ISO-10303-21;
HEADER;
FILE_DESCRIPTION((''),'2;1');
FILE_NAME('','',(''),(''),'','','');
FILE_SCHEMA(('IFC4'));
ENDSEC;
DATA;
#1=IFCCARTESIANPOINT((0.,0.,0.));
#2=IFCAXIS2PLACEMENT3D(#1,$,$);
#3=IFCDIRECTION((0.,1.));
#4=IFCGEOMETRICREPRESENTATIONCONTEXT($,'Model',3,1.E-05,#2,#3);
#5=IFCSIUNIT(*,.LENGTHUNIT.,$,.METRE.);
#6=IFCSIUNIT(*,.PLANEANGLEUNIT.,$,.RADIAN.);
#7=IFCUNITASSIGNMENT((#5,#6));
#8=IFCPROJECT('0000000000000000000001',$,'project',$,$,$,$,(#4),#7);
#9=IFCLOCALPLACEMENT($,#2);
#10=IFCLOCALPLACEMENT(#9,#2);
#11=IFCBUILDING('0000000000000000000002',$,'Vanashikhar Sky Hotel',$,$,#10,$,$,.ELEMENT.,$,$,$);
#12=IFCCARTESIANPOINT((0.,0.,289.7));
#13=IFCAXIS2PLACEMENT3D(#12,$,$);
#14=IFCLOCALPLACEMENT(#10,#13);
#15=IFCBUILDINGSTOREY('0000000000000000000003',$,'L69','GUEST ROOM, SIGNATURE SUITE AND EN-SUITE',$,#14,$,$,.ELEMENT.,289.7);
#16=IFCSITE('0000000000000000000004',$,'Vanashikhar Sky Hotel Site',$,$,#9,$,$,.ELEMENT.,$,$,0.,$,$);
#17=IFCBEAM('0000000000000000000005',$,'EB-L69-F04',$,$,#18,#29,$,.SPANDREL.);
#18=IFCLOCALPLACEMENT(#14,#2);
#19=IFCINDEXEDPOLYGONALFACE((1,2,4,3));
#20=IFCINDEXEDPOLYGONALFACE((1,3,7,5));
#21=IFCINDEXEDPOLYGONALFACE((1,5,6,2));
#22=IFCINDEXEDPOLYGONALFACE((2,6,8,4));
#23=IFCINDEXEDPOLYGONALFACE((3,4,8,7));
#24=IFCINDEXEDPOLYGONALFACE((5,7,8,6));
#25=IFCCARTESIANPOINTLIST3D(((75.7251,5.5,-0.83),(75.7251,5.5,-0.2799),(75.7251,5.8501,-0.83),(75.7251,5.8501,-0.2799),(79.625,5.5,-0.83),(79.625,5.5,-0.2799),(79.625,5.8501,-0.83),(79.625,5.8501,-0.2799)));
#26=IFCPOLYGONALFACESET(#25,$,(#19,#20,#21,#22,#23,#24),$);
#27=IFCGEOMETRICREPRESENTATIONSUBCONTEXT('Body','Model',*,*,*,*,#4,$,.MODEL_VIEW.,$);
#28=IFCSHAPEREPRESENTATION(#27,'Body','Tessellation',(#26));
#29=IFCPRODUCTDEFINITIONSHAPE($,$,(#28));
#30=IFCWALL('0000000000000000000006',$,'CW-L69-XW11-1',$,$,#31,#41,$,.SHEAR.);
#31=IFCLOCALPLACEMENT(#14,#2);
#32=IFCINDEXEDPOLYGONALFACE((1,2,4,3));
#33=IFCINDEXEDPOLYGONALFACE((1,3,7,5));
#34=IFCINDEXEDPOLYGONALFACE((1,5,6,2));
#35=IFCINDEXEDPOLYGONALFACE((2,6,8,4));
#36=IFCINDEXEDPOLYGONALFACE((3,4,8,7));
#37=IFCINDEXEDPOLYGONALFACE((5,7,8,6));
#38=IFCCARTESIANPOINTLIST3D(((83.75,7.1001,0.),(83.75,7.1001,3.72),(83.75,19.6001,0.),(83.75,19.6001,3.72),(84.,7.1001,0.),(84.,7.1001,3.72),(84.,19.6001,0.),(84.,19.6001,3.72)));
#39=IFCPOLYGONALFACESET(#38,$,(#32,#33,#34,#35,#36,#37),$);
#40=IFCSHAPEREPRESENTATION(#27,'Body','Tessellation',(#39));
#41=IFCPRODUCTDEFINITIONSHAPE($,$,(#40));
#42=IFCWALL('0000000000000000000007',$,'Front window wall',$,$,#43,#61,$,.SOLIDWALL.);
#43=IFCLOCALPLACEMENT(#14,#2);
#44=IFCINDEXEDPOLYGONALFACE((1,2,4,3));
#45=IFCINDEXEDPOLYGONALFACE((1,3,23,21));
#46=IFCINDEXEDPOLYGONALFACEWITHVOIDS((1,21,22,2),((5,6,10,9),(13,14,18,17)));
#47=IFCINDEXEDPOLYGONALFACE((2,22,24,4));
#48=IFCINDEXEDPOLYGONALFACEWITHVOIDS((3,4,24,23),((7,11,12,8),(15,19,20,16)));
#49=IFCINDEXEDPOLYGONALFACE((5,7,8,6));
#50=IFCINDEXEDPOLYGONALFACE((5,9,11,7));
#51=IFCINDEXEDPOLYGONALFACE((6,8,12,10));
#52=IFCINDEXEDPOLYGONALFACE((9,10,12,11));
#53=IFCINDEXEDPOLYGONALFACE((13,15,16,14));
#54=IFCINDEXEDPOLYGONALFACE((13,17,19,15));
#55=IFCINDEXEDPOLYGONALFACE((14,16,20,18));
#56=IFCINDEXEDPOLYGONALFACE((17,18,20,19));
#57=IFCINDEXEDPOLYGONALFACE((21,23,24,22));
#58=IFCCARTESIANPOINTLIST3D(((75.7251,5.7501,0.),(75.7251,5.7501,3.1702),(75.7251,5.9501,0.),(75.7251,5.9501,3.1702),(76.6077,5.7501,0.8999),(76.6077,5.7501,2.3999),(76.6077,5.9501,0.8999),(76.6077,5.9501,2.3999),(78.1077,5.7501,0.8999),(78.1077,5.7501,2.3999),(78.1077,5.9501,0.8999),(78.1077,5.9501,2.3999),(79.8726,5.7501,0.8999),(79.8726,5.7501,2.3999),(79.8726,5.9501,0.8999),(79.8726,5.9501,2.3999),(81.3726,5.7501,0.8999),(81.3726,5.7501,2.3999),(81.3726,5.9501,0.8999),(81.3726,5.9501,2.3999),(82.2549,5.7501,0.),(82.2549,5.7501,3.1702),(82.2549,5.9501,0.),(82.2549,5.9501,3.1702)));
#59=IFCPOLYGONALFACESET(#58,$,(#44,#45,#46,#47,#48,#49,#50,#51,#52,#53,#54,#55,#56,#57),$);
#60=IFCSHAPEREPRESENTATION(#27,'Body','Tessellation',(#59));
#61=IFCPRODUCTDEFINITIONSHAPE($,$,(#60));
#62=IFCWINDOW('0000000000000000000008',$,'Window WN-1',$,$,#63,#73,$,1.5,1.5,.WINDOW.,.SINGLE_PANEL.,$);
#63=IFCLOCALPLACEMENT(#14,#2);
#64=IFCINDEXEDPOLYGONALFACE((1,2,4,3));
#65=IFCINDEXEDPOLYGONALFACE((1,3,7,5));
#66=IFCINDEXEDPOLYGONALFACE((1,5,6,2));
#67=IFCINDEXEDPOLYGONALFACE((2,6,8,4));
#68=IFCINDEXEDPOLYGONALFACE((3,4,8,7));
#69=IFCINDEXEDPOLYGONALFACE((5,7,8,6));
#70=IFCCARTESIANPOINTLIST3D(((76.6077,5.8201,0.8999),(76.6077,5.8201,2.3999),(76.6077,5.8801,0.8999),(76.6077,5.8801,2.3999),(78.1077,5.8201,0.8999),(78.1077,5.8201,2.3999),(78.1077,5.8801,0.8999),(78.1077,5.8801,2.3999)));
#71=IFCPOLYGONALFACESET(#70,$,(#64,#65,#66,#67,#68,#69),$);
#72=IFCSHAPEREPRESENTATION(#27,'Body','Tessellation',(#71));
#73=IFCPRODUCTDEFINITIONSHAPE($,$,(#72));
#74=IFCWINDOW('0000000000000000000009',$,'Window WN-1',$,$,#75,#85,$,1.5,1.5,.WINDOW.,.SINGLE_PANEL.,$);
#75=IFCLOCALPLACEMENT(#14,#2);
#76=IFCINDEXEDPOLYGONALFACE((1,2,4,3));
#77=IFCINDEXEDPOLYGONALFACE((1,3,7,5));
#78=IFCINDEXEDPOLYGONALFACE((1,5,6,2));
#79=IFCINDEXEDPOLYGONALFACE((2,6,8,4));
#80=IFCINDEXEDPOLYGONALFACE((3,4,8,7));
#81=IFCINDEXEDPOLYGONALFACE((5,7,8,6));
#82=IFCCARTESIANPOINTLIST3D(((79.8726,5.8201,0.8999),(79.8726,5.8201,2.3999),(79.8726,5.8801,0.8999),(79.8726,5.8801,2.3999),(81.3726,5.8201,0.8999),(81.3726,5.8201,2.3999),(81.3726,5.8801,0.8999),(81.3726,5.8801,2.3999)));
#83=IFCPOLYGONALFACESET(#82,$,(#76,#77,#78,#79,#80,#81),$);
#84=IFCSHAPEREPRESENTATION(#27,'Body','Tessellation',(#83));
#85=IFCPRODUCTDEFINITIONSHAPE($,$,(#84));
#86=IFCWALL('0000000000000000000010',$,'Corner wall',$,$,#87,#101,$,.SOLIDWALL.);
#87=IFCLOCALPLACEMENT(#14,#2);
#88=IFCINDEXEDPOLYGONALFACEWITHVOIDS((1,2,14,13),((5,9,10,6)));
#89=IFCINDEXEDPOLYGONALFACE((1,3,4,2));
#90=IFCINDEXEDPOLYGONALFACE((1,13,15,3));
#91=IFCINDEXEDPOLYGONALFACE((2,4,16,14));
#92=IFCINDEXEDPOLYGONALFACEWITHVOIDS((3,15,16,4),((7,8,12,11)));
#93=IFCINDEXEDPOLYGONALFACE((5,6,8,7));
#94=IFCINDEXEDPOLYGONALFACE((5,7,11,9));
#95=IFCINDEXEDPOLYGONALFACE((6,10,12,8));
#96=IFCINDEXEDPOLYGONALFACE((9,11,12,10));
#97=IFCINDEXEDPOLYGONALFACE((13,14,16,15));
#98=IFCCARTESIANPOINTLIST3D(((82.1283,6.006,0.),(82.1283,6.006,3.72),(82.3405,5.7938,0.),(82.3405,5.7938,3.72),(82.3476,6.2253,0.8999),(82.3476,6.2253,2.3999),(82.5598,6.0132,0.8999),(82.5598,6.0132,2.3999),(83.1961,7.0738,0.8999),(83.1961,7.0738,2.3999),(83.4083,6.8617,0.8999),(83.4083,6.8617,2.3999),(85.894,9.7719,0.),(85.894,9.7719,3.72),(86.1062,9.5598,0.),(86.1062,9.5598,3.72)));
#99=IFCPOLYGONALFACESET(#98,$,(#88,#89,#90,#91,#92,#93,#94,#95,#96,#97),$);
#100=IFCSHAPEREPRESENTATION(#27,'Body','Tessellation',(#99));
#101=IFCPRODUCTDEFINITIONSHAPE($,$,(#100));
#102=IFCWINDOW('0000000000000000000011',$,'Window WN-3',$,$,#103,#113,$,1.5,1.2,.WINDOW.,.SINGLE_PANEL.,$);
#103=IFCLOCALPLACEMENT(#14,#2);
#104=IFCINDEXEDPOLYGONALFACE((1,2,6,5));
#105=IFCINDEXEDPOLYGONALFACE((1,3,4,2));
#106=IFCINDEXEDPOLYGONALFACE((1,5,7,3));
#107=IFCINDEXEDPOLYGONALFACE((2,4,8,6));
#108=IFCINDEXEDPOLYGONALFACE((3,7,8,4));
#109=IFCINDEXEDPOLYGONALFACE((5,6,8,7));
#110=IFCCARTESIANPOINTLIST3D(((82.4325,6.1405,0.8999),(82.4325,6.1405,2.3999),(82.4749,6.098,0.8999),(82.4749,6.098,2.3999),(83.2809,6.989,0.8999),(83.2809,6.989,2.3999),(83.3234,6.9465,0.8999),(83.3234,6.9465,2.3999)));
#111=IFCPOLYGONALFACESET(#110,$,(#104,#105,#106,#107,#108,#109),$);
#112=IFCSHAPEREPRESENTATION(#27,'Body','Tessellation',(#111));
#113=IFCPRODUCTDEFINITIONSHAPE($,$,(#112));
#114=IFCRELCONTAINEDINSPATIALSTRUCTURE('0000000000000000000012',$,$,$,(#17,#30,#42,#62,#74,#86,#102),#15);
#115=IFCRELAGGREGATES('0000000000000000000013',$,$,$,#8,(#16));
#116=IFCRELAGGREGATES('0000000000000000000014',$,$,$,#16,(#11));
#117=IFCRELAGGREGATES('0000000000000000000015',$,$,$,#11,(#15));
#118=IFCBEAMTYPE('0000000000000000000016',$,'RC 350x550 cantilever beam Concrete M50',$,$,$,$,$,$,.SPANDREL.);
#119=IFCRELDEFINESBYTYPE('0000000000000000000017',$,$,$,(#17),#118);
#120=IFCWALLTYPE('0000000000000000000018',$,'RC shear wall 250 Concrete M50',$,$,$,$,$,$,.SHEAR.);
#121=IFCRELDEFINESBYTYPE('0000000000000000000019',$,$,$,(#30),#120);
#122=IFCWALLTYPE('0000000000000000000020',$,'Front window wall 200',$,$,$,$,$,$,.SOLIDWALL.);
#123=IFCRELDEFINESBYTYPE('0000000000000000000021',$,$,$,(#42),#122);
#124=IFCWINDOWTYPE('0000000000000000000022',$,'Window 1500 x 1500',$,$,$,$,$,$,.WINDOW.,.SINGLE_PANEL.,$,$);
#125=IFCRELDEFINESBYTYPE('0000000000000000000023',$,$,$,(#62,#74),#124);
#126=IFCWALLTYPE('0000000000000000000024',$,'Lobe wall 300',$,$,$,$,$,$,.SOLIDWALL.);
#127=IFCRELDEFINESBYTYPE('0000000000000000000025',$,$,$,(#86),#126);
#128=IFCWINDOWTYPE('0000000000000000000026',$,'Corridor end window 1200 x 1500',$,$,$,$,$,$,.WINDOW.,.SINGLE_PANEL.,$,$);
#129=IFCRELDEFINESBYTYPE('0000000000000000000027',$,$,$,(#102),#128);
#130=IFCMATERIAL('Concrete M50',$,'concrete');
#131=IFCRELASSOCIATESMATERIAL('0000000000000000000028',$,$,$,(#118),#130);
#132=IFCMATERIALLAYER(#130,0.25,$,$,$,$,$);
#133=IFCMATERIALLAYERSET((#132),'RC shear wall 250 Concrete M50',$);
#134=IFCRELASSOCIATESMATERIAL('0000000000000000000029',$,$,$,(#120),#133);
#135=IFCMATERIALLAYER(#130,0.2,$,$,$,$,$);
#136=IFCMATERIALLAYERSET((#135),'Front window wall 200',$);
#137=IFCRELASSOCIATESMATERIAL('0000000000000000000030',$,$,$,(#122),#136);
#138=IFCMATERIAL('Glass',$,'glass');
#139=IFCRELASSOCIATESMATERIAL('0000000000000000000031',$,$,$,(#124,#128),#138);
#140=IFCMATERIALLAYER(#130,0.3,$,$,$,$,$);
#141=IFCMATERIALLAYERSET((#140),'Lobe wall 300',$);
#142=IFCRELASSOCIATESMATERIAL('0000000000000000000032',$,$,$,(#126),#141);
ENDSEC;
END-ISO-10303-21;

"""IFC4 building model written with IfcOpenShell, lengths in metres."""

from ifc_helpers import new_model, si_unit, direction, frame, frame_2d, origin, origin_2d, place, context, subcontext, project, spatial, rectangle, extrude, source, transform, mapped, material, layer, layer_set, material_profile, profile_set, type_object, element, fill, save


model = new_model("IFC4")

# Units and contexts
model_context = context("Model", 3, precision=1e-05, world=origin(), true_north=direction((0.0, 1.0)))
body_context = subcontext(model_context, "Body", "Model", "MODEL_VIEW")
ifc_project = project(units=[si_unit("LENGTHUNIT", "METRE"), si_unit("PLANEANGLEUNIT", "RADIAN")], contexts=[model_context])

# Site, building, storey
site_placement = place(None, origin())
site = spatial("IfcSite", under=ifc_project, at=site_placement, Name="Vanashikhar Sky Hotel Site", CompositionType="ELEMENT", RefElevation=0.0)
building_placement = place(site_placement, origin())
building = spatial("IfcBuilding", under=site, at=building_placement, Name="Vanashikhar Sky Hotel", CompositionType="ELEMENT")
storey_placement = place(building_placement, frame((0.0, 0.0, 289.7)))
storey = spatial("IfcBuildingStorey", under=building, at=storey_placement, Name="L69", Description="GUEST ROOM, SIGNATURE SUITE AND EN-SUITE", CompositionType="ELEMENT", Elevation=289.7)

# Beam
ifc_material_1 = material(Name="Concrete M50", Category="concrete")
ifc_material_profile = material_profile(ifc_material_1, rectangle(XDim=0.3501, YDim=0.55, at=origin_2d()))
ifc_profile_set = profile_set([ifc_material_profile], Name="RC 350x550 cantilever beam Concrete M50")
beam_type = type_object("IfcBeamType", Name="RC 350x550 cantilever beam Concrete M50", PredefinedType="SPANDREL", material=ifc_profile_set)
shared_shape_1 = source(origin(), body_context, "Body", "SweptSolid", [
    extrude(rectangle(XDim=0.3501, YDim=0.55, at=origin_2d()), origin(), (0.0, 0.0, 1.0), 3.8999),
])
beam_placement = place(storey_placement, frame((75.7251, 5.675, -0.5549), z_axis=(1.0, 0.0, 0.0), x_axis=(0.0, 1.0, 0.0)))
element("IfcBeam", 1, at=beam_placement, inside=storey, type_object=beam_type, Name="EB-L69-F04", PredefinedType="SPANDREL", context=body_context, shape_type="MappedRepresentation", body=[
    mapped(shared_shape_1, transform((0.0, 0.0, 0.0), scale=1.0)),
])

# Wall
ifc_layer_1 = layer(ifc_material_1, 0.25)
ifc_layer_set_1 = layer_set([ifc_layer_1], Name="RC shear wall 250 Concrete M50")
wall_type_1 = type_object("IfcWallType", Name="RC shear wall 250 Concrete M50", PredefinedType="SHEAR", material=ifc_layer_set_1)
shared_shape_2 = source(origin(), body_context, "Body", "SweptSolid", [
    extrude(rectangle(XDim=12.5, YDim=0.25, at=frame_2d((6.25, 0.0))), origin(), (0.0, 0.0, 1.0), 3.72),
])
wall_1_placement = place(storey_placement, frame((83.875, 7.1001, 0.0), z_axis=(0.0, 0.0, 1.0), x_axis=(0.0, 1.0, 0.0)))
element("IfcWall", 2, at=wall_1_placement, inside=storey, type_object=wall_type_1, Name="CW-L69-XW11-1", PredefinedType="SHEAR", context=body_context, shape_type="MappedRepresentation", body=[
    mapped(shared_shape_2, transform((0.0, 0.0, 0.0), scale=1.0)),
])

# Wall, openings, windows
ifc_layer_2 = layer(ifc_material_1, 0.2)
ifc_layer_set_2 = layer_set([ifc_layer_2], Name="Front window wall 200")
wall_type_2 = type_object("IfcWallType", Name="Front window wall 200", PredefinedType="SOLIDWALL", material=ifc_layer_set_2)
shared_shape_3 = source(origin(), body_context, "Body", "SweptSolid", [
    extrude(rectangle(XDim=6.5298, YDim=0.2, at=frame_2d((3.2649, 0.0))), origin(), (0.0, 0.0, 1.0), 3.1702),
])
wall_2_placement = place(storey_placement, frame((75.7251, 5.8501, 0.0), z_axis=(0.0, 0.0, 1.0), x_axis=(1.0, 0.0, 0.0)))
wall_2 = element("IfcWall", 3, at=wall_2_placement, inside=storey, type_object=wall_type_2, Name="Front window wall", PredefinedType="SOLIDWALL", context=body_context, shape_type="MappedRepresentation", body=[
    mapped(shared_shape_3, transform((0.0, 0.0, 0.0), scale=1.0)),
])
shared_shape_4 = source(origin(), body_context, "Body", "SweptSolid", [
    extrude(rectangle(XDim=1.5, YDim=1.5, at=frame_2d((0.75, 0.75))), frame((0.0, 0.1099, 0.0), z_axis=(0.0, -1.0, 0.0), x_axis=(1.0, 0.0, 0.0)), (0.0, 0.0, 1.0), 0.22),
])
opening_1_placement = place(wall_2_placement, frame((0.8826, 0.0, 0.8999)))
opening_1 = element("IfcOpeningElement", 4, at=opening_1_placement, cuts=wall_2, PredefinedType="OPENING", context=body_context, shape_type="MappedRepresentation", body=[
    mapped(shared_shape_4, transform((0.0, 0.0, 0.0), scale=1.0)),
])
opening_2_placement = place(wall_2_placement, frame((4.1475, 0.0, 0.8999)))
opening_2 = element("IfcOpeningElement", 5, at=opening_2_placement, cuts=wall_2, PredefinedType="OPENING", context=body_context, shape_type="MappedRepresentation", body=[
    mapped(shared_shape_4, transform((0.0, 0.0, 0.0), scale=1.0)),
])
ifc_material_2 = material(Name="Glass", Category="glass")
window_type_1 = type_object("IfcWindowType", Name="Window 1500 x 1500", PartitioningType="SINGLE_PANEL", PredefinedType="WINDOW", material=ifc_material_2)
shared_shape_5 = source(origin(), body_context, "Body", "SweptSolid", [
    extrude(rectangle(XDim=1.5, YDim=1.5, at=frame_2d((0.75, 0.75))), frame((0.0, 0.03, 0.0), z_axis=(0.0, -1.0, 0.0), x_axis=(1.0, 0.0, 0.0)), (0.0, 0.0, 1.0), 0.0601),
])
window_1_placement = place(opening_1_placement, origin())
window_1 = element("IfcWindow", 6, at=window_1_placement, inside=storey, type_object=window_type_1, Name="Window WN-1", OverallHeight=1.5, OverallWidth=1.5, PartitioningType="SINGLE_PANEL", PredefinedType="WINDOW", context=body_context, shape_type="MappedRepresentation", body=[
    mapped(shared_shape_5, transform((0.0, 0.0, 0.0), scale=1.0)),
])
fill(opening_1, window_1)
window_2_placement = place(opening_2_placement, origin())
window_2 = element("IfcWindow", 7, at=window_2_placement, inside=storey, type_object=window_type_1, Name="Window WN-1", OverallHeight=1.5, OverallWidth=1.5, PartitioningType="SINGLE_PANEL", PredefinedType="WINDOW", context=body_context, shape_type="MappedRepresentation", body=[
    mapped(shared_shape_5, transform((0.0, 0.0, 0.0), scale=1.0)),
])
fill(opening_2, window_2)

# Wall, opening, window
ifc_layer_3 = layer(ifc_material_1, 0.3)
ifc_layer_set_3 = layer_set([ifc_layer_3], Name="Lobe wall 300")
wall_type_3 = type_object("IfcWallType", Name="Lobe wall 300", PredefinedType="SOLIDWALL", material=ifc_layer_set_3)
shared_shape_6 = source(origin(), body_context, "Body", "SweptSolid", [
    extrude(rectangle(XDim=5.3257, YDim=0.3, at=frame_2d((2.6628, 0.0))), origin(), (0.0, 0.0, 1.0), 3.72),
])
wall_3_placement = place(storey_placement, frame((82.2344, 5.8999, 0.0), z_axis=(0.0, 0.0, 1.0), x_axis=(0.707084, 0.70713, 0.0)))
wall_3 = element("IfcWall", 8, at=wall_3_placement, inside=storey, type_object=wall_type_3, Name="Corner wall", PredefinedType="SOLIDWALL", context=body_context, shape_type="MappedRepresentation", body=[
    mapped(shared_shape_6, transform((0.0, 0.0, 0.0), scale=1.0)),
])
shared_shape_7 = source(origin(), body_context, "Body", "SweptSolid", [
    extrude(rectangle(XDim=1.2, YDim=1.5, at=frame_2d((0.6001, 0.75))), frame((0.0, 0.1602, 0.0), z_axis=(0.0, -1.0, 0.0), x_axis=(1.0, 0.0, 0.0)), (0.0, 0.0, 1.0), 0.3201),
])
opening_3_placement = place(wall_3_placement, frame((0.3101, 0.0, 0.8999)))
opening_3 = element("IfcOpeningElement", 9, at=opening_3_placement, cuts=wall_3, PredefinedType="OPENING", context=body_context, shape_type="MappedRepresentation", body=[
    mapped(shared_shape_7, transform((0.0, 0.0, 0.0), scale=1.0)),
])
window_type_2 = type_object("IfcWindowType", Name="Corridor end window 1200 x 1500", PartitioningType="SINGLE_PANEL", PredefinedType="WINDOW", material=ifc_material_2)
shared_shape_8 = source(origin(), body_context, "Body", "SweptSolid", [
    extrude(rectangle(XDim=1.2, YDim=1.5, at=frame_2d((0.6001, 0.75))), frame((0.0, 0.03, 0.0), z_axis=(0.0, -1.0, 0.0), x_axis=(1.0, 0.0, 0.0)), (0.0, 0.0, 1.0), 0.0601),
])
window_3_placement = place(opening_3_placement, origin())
window_3 = element("IfcWindow", 10, at=window_3_placement, inside=storey, type_object=window_type_2, Name="Window WN-3", OverallHeight=1.5, OverallWidth=1.2, PartitioningType="SINGLE_PANEL", PredefinedType="WINDOW", context=body_context, shape_type="MappedRepresentation", body=[
    mapped(shared_shape_8, transform((0.0, 0.0, 0.0), scale=1.0)),
])
fill(opening_3, window_3)

save(model, "model.ifc")
